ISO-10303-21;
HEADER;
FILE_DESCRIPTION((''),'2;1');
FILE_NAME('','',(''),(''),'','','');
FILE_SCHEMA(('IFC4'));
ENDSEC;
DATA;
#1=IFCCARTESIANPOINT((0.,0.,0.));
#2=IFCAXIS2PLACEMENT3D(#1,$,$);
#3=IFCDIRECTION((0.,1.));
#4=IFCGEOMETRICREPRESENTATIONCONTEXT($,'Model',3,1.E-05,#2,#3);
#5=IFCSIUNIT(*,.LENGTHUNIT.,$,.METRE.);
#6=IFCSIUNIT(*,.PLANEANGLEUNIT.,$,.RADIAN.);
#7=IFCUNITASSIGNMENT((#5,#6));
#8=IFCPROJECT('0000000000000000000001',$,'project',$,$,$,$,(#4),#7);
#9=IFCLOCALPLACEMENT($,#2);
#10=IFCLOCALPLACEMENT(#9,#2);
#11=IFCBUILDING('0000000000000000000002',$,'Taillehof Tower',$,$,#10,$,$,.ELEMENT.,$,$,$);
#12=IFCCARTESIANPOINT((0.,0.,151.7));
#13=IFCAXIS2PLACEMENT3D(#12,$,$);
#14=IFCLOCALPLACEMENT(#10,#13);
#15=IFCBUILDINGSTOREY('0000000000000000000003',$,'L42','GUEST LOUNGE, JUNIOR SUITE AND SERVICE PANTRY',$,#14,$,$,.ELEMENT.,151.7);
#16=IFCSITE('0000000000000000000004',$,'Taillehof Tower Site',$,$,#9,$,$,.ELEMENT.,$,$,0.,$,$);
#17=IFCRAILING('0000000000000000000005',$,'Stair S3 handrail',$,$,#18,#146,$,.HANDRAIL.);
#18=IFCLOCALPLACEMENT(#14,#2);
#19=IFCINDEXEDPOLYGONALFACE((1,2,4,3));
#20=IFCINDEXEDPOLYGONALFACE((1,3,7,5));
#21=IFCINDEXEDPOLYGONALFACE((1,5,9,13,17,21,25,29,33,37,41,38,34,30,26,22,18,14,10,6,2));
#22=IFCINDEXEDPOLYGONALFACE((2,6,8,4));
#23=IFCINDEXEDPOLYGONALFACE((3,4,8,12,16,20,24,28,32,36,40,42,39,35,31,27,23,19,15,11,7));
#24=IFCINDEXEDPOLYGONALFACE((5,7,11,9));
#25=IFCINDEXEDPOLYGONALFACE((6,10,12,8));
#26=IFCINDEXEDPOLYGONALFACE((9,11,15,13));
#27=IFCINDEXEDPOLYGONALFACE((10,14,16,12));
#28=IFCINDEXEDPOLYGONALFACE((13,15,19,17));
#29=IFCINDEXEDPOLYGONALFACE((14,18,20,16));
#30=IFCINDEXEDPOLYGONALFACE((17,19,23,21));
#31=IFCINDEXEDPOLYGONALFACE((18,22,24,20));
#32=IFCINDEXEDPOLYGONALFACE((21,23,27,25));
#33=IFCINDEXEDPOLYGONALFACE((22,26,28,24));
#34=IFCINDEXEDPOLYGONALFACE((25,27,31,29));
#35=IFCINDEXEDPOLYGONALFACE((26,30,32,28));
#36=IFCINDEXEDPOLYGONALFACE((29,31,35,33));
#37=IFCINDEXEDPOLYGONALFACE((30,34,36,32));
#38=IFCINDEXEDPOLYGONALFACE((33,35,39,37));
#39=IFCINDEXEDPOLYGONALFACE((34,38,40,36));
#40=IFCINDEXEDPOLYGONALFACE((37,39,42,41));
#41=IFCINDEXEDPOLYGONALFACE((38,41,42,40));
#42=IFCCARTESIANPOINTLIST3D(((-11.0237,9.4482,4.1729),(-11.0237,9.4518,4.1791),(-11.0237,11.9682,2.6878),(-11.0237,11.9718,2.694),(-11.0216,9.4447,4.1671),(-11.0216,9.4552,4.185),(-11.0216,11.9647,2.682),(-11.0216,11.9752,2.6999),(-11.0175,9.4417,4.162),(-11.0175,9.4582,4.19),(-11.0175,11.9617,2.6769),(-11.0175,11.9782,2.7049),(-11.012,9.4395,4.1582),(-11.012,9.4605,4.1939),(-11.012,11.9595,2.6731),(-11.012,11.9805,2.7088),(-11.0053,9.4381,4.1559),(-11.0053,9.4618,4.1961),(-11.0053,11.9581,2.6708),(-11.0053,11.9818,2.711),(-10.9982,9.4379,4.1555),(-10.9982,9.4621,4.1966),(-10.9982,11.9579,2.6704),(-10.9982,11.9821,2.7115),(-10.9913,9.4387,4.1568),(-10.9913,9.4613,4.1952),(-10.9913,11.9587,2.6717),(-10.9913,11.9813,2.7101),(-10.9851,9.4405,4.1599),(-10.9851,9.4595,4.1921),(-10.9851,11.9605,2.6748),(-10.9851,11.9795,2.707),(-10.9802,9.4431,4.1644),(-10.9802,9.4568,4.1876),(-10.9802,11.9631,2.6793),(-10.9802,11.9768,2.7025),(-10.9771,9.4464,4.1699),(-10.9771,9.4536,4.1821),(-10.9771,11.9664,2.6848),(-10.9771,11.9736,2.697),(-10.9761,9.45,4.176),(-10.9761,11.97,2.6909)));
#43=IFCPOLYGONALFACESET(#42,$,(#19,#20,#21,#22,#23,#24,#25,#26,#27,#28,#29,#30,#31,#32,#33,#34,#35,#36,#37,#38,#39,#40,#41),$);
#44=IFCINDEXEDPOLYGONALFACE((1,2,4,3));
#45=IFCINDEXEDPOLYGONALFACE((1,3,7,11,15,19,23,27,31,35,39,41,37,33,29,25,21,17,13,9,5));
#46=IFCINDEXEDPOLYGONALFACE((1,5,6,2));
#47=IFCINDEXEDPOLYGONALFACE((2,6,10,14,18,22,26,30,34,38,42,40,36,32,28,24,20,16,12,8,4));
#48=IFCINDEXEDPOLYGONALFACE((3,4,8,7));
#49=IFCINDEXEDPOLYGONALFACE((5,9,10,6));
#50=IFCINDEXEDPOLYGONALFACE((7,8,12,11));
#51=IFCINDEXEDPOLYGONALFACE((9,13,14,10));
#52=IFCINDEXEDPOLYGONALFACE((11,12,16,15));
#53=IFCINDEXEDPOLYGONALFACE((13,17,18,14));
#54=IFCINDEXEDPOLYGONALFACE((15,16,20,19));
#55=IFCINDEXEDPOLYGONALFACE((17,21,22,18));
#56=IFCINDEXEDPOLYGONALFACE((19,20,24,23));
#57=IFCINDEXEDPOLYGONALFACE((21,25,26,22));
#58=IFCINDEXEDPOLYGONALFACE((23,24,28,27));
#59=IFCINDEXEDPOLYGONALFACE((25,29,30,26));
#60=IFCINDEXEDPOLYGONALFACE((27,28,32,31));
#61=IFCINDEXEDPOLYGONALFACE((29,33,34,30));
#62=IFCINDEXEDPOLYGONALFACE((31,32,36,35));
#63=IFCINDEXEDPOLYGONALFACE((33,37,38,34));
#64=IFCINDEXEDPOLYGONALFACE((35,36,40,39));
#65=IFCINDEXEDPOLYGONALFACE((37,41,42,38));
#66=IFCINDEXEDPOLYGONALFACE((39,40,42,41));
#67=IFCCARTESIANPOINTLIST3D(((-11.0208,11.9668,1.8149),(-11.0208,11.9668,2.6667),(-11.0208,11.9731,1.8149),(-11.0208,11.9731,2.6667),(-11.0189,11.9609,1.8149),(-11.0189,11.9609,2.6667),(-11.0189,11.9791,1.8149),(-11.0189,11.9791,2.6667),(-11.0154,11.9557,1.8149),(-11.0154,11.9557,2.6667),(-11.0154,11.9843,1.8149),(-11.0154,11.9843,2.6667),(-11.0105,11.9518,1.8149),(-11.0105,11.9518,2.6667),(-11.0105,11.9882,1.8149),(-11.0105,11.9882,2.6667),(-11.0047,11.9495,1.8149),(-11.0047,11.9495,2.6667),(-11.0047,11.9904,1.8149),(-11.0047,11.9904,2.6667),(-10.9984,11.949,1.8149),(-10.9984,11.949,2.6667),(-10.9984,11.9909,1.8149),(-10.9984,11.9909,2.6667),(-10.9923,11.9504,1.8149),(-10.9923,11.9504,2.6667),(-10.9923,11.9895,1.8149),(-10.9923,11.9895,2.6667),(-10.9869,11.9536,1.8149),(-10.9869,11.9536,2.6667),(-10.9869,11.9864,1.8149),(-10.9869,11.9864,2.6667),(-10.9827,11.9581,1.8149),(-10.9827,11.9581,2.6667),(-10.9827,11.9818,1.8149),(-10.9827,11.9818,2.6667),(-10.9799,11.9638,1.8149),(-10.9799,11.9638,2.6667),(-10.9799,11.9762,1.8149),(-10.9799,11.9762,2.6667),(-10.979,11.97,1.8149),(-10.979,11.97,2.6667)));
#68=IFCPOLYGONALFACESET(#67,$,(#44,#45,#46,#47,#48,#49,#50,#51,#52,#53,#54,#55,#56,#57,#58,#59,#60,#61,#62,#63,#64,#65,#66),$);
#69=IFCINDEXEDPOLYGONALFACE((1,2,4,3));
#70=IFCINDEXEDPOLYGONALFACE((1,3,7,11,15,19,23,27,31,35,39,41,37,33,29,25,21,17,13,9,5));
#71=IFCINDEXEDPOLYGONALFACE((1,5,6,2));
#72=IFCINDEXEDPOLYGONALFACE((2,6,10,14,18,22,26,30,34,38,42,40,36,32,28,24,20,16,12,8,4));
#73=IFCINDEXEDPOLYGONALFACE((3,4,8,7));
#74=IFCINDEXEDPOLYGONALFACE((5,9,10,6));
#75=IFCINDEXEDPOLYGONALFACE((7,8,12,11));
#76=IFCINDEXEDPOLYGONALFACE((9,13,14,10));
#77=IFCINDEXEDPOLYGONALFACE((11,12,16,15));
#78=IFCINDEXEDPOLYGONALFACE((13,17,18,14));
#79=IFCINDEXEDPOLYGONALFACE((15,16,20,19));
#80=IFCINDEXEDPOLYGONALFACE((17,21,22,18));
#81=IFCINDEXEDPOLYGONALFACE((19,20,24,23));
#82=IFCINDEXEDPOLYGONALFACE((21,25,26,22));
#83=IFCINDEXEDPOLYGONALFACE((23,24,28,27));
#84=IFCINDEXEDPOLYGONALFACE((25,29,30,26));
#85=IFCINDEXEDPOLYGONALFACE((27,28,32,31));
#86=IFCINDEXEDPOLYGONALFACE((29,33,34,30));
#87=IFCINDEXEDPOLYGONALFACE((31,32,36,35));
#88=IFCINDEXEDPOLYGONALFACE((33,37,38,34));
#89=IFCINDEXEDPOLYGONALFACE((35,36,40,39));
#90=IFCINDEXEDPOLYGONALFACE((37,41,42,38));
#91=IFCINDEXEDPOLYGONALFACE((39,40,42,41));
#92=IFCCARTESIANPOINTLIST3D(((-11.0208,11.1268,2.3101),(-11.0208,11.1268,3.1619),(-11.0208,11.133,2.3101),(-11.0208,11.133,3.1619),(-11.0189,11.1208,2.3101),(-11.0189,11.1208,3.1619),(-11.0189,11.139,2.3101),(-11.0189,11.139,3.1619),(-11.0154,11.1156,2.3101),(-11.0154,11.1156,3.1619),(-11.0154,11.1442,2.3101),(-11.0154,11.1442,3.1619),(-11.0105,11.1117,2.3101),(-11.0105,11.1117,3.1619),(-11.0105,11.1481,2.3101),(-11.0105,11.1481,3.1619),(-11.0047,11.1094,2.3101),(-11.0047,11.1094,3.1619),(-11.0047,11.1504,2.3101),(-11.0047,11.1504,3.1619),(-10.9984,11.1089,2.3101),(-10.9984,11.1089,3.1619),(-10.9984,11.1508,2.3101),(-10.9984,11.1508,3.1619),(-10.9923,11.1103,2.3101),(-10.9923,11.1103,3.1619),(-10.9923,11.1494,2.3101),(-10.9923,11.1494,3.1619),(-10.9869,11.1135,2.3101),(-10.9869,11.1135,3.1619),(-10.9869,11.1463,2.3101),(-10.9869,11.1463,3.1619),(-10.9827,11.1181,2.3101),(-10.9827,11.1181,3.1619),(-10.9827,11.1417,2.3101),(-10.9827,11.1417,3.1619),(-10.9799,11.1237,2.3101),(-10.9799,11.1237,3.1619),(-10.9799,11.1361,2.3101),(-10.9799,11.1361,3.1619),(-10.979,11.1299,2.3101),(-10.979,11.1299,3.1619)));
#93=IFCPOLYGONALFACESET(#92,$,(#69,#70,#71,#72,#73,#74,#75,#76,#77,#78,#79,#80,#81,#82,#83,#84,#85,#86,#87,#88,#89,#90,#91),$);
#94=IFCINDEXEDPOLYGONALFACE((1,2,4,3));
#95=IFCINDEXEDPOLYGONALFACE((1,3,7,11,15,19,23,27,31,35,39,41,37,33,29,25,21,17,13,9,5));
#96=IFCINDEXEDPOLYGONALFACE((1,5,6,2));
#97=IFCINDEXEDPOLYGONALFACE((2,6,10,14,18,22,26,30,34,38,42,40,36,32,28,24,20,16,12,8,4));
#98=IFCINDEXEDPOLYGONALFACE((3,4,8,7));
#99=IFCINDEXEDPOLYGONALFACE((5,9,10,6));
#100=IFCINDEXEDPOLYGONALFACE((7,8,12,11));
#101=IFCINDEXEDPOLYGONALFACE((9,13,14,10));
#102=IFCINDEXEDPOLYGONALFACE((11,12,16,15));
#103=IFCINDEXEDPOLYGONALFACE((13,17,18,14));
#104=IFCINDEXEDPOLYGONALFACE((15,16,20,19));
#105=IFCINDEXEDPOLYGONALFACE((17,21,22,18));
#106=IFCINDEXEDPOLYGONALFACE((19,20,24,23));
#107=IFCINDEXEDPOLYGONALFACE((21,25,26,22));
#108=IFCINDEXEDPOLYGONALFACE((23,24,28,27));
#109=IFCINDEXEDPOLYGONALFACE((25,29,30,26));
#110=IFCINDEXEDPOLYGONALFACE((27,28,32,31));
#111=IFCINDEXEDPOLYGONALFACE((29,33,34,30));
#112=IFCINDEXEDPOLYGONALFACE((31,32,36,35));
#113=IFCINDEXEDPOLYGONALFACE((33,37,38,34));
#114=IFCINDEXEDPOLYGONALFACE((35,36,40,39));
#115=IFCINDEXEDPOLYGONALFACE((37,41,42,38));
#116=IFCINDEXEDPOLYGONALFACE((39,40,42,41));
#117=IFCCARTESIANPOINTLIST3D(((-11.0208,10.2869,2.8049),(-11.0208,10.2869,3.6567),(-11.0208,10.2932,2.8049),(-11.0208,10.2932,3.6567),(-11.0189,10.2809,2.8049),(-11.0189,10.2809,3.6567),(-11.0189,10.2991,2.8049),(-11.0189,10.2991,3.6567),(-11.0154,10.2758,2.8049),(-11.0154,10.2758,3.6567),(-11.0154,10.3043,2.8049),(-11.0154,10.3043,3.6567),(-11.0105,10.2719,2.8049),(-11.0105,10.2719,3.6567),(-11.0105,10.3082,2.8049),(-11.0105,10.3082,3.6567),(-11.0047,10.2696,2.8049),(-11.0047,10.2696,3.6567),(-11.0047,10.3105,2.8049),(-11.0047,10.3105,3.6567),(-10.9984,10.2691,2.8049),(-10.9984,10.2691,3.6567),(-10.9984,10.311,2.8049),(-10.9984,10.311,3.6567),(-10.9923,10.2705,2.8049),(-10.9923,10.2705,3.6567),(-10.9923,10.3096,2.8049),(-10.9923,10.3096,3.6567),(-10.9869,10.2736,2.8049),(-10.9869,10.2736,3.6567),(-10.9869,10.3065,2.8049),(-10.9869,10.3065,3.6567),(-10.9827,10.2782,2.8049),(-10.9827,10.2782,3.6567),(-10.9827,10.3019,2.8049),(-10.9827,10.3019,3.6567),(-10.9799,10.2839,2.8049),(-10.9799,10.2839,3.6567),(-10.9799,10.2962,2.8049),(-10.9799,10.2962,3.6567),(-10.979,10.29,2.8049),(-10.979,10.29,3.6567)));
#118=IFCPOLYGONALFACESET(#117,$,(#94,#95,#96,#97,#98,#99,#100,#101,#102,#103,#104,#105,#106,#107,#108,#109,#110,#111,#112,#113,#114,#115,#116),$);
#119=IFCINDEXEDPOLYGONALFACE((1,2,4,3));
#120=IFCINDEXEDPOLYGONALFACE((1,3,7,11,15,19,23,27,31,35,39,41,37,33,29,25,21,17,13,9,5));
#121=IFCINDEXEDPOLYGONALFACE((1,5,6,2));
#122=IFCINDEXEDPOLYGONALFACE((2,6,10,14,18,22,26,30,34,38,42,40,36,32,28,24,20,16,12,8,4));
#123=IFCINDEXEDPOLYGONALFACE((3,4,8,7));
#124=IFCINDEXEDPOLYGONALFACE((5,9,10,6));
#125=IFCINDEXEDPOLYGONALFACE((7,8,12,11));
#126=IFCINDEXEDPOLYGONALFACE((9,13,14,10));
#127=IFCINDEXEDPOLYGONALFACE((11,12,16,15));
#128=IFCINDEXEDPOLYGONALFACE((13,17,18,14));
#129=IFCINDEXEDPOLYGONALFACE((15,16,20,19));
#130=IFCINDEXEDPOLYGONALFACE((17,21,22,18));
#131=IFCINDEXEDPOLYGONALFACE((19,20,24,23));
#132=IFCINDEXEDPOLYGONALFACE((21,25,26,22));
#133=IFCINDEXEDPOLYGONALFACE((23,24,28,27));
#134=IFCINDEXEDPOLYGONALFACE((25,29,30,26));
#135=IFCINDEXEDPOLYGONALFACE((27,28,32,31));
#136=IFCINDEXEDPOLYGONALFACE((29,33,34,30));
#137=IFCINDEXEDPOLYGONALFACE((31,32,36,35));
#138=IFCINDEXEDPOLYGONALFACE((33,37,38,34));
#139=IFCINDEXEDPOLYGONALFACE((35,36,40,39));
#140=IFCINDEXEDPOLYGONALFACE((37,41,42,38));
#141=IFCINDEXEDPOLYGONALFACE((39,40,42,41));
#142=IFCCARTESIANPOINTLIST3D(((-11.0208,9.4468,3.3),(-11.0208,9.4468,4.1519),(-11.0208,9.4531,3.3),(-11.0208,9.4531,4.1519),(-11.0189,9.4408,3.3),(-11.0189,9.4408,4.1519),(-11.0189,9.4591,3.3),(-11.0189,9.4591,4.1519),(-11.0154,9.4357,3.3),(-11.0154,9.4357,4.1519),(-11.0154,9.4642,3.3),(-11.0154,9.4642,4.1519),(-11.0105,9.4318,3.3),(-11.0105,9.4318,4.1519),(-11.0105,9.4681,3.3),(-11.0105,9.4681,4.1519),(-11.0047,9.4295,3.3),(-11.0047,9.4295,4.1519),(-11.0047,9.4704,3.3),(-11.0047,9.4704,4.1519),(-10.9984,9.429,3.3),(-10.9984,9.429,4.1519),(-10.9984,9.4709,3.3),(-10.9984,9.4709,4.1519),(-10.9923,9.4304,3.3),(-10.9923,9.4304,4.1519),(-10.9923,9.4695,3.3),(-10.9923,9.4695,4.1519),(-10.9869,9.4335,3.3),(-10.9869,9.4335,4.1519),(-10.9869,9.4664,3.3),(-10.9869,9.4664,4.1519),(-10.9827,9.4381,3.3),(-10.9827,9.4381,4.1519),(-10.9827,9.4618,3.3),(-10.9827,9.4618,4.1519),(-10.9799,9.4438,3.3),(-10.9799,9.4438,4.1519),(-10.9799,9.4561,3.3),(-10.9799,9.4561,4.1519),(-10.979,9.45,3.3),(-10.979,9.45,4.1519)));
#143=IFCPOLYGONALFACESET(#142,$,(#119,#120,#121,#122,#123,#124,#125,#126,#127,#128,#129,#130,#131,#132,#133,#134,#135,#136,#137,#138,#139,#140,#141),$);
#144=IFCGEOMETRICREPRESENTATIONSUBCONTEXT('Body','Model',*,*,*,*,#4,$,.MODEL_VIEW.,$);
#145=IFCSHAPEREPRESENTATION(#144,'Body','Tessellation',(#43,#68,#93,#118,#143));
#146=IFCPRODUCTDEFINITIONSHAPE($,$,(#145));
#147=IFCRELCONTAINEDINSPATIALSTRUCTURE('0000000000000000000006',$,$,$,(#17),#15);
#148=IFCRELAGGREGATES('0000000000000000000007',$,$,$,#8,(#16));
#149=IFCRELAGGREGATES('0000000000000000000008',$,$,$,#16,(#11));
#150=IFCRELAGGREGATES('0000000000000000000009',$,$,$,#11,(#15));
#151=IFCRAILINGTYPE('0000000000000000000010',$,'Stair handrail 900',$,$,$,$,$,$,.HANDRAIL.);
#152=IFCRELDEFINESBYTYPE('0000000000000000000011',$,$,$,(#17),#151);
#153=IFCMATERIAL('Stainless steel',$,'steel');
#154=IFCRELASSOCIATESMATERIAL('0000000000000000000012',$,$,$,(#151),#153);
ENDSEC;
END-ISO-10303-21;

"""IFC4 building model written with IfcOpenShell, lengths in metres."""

from ifc_helpers import new_model, si_unit, direction, frame, origin, origin_2d, place, context, subcontext, project, spatial, circle, extrude, material, type_object, element, save


model = new_model("IFC4")

# Units and contexts
model_context = context("Model", 3, precision=1e-05, world=origin(), true_north=direction((0.0, 1.0)))
body_context = subcontext(model_context, "Body", "Model", "MODEL_VIEW")
ifc_project = project(units=[si_unit("LENGTHUNIT", "METRE"), si_unit("PLANEANGLEUNIT", "RADIAN")], contexts=[model_context])

# Site, building, storey
site_placement = place(None, origin())
site = spatial("IfcSite", under=ifc_project, at=site_placement, Name="Taillehof Tower Site", CompositionType="ELEMENT", RefElevation=0.0)
building_placement = place(site_placement, origin())
building = spatial("IfcBuilding", under=site, at=building_placement, Name="Taillehof Tower", CompositionType="ELEMENT")
storey_placement = place(building_placement, frame((0.0, 0.0, 151.7)))
storey = spatial("IfcBuildingStorey", under=building, at=storey_placement, Name="L42", Description="GUEST LOUNGE, JUNIOR SUITE AND SERVICE PANTRY", CompositionType="ELEMENT", Elevation=151.7)

# Railing
ifc_material_1 = material(Name="Stainless steel", Category="steel")
railing_type = type_object("IfcRailingType", Name="Stair handrail 900", PredefinedType="HANDRAIL", material=ifc_material_1)
railing_placement = place(storey_placement, frame((-11.0, 11.97, 1.8149)))
element("IfcRailing", 1, at=railing_placement, inside=storey, type_object=railing_type, Name="Stair S3 handrail", PredefinedType="HANDRAIL", context=body_context, shape_type="SweptSolid", body=[
    extrude(circle(Radius=0.0239, at=origin_2d()), frame((0.0, 0.0, 0.876), z_axis=(0.0, -0.861524, 0.507717), x_axis=(1.0, 0.0, 0.0)), (0.0, 0.0, 1.0), 2.925),
    extrude(circle(Radius=0.021, at=origin_2d()), origin(), (0.0, 0.0, 1.0), 0.8518),
    extrude(circle(Radius=0.021, at=origin_2d()), frame((0.0, -0.8401, 0.4951)), (0.0, 0.0, 1.0), 0.8518),
    extrude(circle(Radius=0.021, at=origin_2d()), frame((0.0, -1.6799, 0.99)), (0.0, 0.0, 1.0), 0.8518),
    extrude(circle(Radius=0.021, at=origin_2d()), frame((0.0, -2.52, 1.4851)), (0.0, 0.0, 1.0), 0.8518),
])

save(model, "model.ifc")
